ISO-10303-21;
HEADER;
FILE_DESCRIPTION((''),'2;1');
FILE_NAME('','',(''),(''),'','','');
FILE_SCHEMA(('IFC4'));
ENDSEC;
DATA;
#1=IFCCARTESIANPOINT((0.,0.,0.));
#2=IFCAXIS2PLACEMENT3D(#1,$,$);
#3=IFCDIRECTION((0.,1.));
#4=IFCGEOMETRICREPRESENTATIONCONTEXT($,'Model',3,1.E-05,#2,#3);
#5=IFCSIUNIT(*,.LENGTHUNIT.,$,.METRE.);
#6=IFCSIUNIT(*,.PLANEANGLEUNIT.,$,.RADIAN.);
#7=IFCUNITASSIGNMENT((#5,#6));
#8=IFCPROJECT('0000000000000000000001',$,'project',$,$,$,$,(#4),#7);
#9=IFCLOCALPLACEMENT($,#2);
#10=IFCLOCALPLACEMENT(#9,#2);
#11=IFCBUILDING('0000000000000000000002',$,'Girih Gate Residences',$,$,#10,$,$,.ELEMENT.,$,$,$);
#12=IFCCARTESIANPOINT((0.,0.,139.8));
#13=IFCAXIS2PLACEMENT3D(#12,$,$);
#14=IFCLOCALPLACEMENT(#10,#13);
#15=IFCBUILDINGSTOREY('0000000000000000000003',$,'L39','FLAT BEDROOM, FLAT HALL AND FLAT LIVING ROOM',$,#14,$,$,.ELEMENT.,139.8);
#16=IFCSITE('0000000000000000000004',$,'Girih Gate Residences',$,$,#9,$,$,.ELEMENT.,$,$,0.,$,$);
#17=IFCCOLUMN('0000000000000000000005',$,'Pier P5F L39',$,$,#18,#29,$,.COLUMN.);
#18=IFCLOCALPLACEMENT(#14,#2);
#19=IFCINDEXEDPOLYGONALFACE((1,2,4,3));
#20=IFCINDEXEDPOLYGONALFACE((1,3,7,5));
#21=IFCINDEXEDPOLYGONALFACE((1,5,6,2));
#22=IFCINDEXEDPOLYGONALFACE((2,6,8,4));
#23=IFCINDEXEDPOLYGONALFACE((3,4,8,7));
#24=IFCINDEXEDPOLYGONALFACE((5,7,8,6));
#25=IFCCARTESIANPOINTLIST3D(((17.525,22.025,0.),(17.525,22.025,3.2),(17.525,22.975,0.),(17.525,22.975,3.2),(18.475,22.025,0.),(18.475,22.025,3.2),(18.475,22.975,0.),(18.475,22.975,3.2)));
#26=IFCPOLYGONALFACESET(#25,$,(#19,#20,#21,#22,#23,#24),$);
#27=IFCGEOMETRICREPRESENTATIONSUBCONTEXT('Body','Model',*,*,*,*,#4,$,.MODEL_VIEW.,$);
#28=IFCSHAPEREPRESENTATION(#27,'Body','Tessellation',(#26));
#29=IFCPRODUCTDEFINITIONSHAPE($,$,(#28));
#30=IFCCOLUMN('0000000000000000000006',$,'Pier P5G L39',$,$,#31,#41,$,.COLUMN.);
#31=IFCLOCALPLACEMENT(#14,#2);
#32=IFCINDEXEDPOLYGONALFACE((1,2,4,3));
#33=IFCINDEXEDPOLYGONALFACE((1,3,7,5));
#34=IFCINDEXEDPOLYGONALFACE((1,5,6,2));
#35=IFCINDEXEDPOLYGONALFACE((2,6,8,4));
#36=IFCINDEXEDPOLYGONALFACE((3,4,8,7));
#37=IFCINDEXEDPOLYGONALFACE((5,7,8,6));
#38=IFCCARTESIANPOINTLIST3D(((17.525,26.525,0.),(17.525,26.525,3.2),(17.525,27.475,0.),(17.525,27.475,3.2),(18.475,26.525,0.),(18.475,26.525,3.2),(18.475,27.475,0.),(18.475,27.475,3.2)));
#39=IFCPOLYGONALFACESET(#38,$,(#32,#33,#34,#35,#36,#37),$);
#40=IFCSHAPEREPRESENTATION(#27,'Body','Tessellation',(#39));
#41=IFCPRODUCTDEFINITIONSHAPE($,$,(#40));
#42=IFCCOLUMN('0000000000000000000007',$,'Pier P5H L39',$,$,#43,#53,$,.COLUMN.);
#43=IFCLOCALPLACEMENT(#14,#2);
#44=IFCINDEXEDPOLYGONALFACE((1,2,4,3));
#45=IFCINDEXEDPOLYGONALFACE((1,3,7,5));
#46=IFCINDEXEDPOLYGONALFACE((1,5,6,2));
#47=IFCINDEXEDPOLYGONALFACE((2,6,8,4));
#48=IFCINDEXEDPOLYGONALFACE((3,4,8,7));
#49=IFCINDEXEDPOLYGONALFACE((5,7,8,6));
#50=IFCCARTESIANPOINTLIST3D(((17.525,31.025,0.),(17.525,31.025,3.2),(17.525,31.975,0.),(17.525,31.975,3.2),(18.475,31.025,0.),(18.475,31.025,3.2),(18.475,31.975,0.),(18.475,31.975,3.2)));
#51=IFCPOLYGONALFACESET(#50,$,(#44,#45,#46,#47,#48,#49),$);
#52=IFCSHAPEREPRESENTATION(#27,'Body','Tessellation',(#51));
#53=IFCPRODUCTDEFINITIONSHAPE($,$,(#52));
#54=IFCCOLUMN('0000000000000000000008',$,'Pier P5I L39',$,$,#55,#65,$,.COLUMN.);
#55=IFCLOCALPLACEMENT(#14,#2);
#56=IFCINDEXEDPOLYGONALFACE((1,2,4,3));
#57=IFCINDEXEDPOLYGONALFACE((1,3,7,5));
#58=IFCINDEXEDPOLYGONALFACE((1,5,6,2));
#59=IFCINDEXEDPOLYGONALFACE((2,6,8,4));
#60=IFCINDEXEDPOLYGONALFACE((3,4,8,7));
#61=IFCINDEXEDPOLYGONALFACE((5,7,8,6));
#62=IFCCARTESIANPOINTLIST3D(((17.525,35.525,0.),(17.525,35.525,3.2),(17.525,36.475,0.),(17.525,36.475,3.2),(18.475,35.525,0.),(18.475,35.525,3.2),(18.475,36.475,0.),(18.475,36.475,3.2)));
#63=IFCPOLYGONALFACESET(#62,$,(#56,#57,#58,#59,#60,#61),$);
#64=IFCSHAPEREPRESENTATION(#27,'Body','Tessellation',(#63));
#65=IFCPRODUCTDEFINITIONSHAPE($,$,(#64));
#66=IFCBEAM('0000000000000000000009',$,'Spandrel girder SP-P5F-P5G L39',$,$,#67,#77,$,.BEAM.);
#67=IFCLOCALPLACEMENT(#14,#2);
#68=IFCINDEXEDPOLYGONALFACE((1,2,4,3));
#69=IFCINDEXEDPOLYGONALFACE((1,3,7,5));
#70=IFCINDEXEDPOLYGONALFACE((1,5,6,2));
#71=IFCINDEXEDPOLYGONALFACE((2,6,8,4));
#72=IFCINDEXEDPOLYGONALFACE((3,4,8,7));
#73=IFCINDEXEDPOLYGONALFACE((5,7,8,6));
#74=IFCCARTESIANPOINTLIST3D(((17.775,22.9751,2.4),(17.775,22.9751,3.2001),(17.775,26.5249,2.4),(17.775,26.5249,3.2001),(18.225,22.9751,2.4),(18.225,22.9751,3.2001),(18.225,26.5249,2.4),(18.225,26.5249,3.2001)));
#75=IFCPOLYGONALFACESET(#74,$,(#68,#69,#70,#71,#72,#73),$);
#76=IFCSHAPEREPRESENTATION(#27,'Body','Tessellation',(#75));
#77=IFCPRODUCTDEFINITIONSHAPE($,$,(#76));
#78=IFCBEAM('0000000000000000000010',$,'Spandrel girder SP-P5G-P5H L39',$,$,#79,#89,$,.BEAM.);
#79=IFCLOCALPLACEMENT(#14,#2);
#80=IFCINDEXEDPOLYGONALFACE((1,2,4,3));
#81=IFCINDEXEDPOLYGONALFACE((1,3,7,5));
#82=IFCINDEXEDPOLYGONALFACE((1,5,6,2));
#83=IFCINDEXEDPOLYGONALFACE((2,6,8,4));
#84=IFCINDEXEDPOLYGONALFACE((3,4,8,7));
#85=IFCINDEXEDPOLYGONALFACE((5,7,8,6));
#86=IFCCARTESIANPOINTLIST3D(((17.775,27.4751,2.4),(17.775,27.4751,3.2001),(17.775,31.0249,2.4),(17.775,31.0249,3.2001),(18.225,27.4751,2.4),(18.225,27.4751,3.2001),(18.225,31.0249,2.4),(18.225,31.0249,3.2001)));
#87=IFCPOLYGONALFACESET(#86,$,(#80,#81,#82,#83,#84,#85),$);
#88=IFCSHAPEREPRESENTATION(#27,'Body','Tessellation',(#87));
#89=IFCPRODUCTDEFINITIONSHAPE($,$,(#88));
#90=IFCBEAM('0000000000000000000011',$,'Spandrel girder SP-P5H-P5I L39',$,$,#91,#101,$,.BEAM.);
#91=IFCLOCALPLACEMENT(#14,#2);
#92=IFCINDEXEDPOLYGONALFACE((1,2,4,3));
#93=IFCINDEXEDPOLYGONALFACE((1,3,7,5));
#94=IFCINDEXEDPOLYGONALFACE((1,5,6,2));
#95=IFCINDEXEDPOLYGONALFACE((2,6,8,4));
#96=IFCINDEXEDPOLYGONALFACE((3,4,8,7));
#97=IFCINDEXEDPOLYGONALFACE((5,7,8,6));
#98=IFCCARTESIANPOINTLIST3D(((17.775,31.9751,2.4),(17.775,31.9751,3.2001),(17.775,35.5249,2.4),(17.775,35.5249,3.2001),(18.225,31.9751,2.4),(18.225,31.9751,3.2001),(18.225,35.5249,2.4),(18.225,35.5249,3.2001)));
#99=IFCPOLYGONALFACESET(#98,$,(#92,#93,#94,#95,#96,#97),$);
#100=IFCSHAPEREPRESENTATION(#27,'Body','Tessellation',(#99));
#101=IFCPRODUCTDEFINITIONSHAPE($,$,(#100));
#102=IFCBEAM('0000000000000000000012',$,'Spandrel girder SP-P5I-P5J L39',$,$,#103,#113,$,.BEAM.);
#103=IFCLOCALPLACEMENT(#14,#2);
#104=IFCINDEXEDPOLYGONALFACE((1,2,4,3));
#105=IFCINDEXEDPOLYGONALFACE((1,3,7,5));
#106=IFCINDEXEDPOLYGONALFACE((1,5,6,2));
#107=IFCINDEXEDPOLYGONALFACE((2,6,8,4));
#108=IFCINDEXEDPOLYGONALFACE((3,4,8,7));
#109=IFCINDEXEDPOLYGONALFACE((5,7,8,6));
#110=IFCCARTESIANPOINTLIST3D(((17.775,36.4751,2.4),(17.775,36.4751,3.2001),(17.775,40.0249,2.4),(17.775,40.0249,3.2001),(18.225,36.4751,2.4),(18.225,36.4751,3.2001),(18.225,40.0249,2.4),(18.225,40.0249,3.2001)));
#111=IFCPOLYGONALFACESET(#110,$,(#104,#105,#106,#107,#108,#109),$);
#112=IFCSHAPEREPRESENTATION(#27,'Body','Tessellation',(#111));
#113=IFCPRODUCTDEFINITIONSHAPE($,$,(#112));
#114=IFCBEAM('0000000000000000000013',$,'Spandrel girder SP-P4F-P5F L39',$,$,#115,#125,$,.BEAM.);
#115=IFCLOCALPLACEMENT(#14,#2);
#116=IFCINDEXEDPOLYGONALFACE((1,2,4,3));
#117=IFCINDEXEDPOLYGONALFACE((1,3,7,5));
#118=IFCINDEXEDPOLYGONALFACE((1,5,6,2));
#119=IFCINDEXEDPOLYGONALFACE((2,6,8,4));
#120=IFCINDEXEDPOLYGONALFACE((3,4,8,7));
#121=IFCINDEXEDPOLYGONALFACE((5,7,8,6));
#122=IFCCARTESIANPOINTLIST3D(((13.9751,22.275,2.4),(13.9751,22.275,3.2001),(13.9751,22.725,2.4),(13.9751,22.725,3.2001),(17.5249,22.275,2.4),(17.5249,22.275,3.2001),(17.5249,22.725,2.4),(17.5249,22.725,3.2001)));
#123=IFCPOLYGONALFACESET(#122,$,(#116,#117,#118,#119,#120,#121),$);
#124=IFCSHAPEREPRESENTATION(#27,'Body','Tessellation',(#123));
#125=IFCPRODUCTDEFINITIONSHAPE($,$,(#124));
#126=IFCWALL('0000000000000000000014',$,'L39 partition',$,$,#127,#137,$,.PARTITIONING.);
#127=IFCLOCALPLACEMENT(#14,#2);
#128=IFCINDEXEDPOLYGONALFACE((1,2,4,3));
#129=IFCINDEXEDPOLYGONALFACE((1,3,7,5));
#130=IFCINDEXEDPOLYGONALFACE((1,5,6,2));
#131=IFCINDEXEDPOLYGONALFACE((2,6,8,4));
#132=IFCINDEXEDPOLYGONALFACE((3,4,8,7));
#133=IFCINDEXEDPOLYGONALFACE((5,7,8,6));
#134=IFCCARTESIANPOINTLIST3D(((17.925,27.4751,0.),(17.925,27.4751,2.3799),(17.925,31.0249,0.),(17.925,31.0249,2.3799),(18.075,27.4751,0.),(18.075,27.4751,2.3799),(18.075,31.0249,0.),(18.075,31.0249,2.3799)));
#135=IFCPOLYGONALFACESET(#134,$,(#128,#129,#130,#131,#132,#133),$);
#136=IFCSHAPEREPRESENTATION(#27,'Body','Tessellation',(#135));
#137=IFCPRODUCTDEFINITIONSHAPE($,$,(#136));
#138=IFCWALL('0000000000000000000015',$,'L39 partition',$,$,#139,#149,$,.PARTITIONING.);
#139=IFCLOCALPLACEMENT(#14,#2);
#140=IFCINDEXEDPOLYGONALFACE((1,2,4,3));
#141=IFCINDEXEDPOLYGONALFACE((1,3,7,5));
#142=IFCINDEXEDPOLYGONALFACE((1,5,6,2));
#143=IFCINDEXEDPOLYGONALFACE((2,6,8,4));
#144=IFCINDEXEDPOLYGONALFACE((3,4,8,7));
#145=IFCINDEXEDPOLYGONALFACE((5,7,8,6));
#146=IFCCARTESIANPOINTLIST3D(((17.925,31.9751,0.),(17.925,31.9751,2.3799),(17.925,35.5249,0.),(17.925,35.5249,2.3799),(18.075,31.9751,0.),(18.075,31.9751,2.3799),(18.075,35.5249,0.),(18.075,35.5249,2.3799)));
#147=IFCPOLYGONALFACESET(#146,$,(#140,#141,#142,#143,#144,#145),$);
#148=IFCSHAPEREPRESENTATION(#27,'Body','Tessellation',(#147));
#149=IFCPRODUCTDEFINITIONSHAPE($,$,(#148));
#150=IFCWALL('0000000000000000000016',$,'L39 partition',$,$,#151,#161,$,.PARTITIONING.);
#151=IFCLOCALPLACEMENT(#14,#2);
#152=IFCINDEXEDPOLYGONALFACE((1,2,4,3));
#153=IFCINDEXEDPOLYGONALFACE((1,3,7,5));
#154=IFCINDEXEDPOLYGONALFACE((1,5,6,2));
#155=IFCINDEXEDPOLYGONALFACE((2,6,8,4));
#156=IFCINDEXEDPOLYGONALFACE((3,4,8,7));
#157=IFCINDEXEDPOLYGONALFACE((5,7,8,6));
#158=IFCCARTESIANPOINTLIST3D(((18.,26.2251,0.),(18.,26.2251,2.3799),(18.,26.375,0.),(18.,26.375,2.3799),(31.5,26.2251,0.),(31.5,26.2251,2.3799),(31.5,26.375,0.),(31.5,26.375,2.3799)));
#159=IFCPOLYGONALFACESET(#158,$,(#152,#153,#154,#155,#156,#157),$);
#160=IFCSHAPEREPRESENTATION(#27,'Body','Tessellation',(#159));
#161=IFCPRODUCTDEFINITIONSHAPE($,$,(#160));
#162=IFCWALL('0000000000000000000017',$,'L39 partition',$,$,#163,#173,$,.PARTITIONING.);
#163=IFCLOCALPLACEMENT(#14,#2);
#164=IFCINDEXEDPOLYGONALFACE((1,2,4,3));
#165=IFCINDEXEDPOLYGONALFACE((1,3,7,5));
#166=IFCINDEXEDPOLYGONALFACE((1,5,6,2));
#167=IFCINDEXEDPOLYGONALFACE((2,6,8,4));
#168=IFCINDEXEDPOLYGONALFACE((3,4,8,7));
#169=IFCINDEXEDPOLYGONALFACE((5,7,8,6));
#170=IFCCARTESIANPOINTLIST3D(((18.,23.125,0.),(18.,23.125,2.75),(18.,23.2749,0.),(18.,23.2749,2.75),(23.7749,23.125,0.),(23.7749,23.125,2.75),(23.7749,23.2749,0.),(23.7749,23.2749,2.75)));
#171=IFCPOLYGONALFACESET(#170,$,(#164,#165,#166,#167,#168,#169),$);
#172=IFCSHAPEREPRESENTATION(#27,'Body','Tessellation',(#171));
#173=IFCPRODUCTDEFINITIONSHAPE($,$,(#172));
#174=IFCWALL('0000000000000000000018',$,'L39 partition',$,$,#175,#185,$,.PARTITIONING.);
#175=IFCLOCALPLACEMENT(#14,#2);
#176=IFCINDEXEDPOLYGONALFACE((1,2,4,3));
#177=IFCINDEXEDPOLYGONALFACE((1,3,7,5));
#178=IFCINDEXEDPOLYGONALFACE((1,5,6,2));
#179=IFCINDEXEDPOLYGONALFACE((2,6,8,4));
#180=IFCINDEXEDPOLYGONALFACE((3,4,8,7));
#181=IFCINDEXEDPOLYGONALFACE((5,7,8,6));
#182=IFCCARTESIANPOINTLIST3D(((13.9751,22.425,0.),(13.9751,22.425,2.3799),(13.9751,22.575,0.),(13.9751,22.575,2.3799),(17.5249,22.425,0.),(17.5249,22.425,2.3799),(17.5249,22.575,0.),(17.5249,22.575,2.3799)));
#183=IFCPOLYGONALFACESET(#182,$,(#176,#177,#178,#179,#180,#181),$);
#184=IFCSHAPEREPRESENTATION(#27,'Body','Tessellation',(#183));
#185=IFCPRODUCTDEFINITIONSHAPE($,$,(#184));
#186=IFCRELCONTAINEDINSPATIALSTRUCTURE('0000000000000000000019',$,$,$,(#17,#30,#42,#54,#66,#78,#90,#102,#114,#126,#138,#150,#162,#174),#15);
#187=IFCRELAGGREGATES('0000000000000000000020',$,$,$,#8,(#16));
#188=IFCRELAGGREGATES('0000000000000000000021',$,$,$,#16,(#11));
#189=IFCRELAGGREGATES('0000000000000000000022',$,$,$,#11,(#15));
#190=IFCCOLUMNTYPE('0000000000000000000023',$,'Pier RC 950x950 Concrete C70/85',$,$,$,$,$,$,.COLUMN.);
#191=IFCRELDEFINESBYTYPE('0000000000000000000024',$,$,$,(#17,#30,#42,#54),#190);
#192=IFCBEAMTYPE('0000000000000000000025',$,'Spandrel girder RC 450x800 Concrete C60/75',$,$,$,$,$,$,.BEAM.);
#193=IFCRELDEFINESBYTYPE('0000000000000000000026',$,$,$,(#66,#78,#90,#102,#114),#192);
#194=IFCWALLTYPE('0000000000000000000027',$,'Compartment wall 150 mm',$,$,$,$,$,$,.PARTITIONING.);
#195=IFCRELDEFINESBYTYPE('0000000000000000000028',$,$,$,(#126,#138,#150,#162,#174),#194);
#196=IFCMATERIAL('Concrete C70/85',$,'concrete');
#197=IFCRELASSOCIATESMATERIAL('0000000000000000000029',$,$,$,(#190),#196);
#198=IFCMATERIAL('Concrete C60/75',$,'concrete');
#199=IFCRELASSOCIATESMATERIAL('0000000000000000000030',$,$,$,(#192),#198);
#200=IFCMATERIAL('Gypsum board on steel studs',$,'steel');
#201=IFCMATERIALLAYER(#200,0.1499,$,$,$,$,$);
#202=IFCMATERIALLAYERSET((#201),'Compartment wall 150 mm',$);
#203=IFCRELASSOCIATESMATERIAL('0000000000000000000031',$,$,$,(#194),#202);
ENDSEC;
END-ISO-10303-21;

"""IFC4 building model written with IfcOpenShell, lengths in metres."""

from ifc_helpers import new_model, si_unit, direction, frame, frame_2d, origin, origin_2d, place, context, subcontext, project, spatial, rectangle, extrude, material, layer, layer_set, material_profile, profile_set, type_object, element, save


model = new_model("IFC4")

# Units and contexts
model_context = context("Model", 3, precision=1e-05, world=origin(), true_north=direction((0.0, 1.0)))
body_context = subcontext(model_context, "Body", "Model", "MODEL_VIEW")
ifc_project = project(units=[si_unit("LENGTHUNIT", "METRE"), si_unit("PLANEANGLEUNIT", "RADIAN")], contexts=[model_context])

# Site, building, storey
site_placement = place(None, origin())
site = spatial("IfcSite", under=ifc_project, at=site_placement, Name="Girih Gate Residences", CompositionType="ELEMENT", RefElevation=0.0)
building_placement = place(site_placement, origin())
building = spatial("IfcBuilding", under=site, at=building_placement, Name="Girih Gate Residences", CompositionType="ELEMENT")
storey_placement = place(building_placement, frame((0.0, 0.0, 139.8)))
storey = spatial("IfcBuildingStorey", under=building, at=storey_placement, Name="L39", Description="FLAT BEDROOM, FLAT HALL AND FLAT LIVING ROOM", CompositionType="ELEMENT", Elevation=139.8)

# Columns
ifc_material_1 = material(Name="Concrete C70/85", Category="concrete")
ifc_material_profile_1 = material_profile(ifc_material_1, rectangle(XDim=0.95, YDim=0.95, at=origin_2d()))
ifc_profile_set_1 = profile_set([ifc_material_profile_1], Name="Concrete C70/85")
column_type = type_object("IfcColumnType", Name="Pier RC 950x950 Concrete C70/85", PredefinedType="COLUMN", material=ifc_profile_set_1)
for number, where, z_axis, x_axis, name in (
    (1, (18.0, 22.5, 0.0), (0.0, 0.0, 1.0), (1.0, 0.0, 0.0), "Pier P5F L39"),
    (2, (18.0, 27.0, 0.0), (0.0, 0.0, 1.0), (1.0, 0.0, 0.0), "Pier P5G L39"),
    (3, (18.0, 31.5, 0.0), (0.0, 0.0, 1.0), (1.0, 0.0, 0.0), "Pier P5H L39"),
    (4, (18.0, 36.0, 0.0), (0.0, 0.0, 1.0), (1.0, 0.0, 0.0), "Pier P5I L39"),
):
    element("IfcColumn", number, at=place(storey_placement, frame(where, z_axis=z_axis, x_axis=x_axis)), inside=storey, type_object=column_type, Name=name, PredefinedType="COLUMN", context=body_context, shape_type="SweptSolid", body=[
        extrude(rectangle(XDim=0.95, YDim=0.95, at=origin_2d()), origin(), (0.0, 0.0, 1.0), 3.2),
    ])

# Beams
ifc_material_2 = material(Name="Concrete C60/75", Category="concrete")
ifc_material_profile_2 = material_profile(ifc_material_2, rectangle(XDim=0.45, YDim=0.8, at=origin_2d()))
ifc_profile_set_2 = profile_set([ifc_material_profile_2], Name="Concrete C60/75")
beam_type = type_object("IfcBeamType", Name="Spandrel girder RC 450x800 Concrete C60/75", PredefinedType="BEAM", material=ifc_profile_set_2)
for number, where, z_axis, x_axis, name in (
    (5, (18.0, 22.9751, 2.8), (0.0, 1.0, 0.0), (-1.0, 0.0, 0.0), "Spandrel girder SP-P5F-P5G L39"),
    (6, (18.0, 27.4751, 2.8), (0.0, 1.0, 0.0), (-1.0, 0.0, 0.0), "Spandrel girder SP-P5G-P5H L39"),
    (7, (18.0, 31.9751, 2.8), (0.0, 1.0, 0.0), (-1.0, 0.0, 0.0), "Spandrel girder SP-P5H-P5I L39"),
    (8, (18.0, 36.4751, 2.8), (0.0, 1.0, 0.0), (-1.0, 0.0, 0.0), "Spandrel girder SP-P5I-P5J L39"),
    (9, (13.9751, 22.5, 2.8), (1.0, 0.0, 0.0), (0.0, 1.0, 0.0), "Spandrel girder SP-P4F-P5F L39"),
):
    element("IfcBeam", number, at=place(storey_placement, frame(where, z_axis=z_axis, x_axis=x_axis)), inside=storey, type_object=beam_type, Name=name, PredefinedType="BEAM", context=body_context, shape_type="SweptSolid", body=[
        extrude(rectangle(XDim=0.45, YDim=0.8, at=origin_2d()), origin(), (0.0, 0.0, 1.0), 3.5498),
    ])

# Walls
ifc_material_3 = material(Name="Gypsum board on steel studs", Category="steel")
ifc_layer_1 = layer(ifc_material_3, 0.1499)
ifc_layer_set_1 = layer_set([ifc_layer_1], Name="Compartment wall 150 mm")
wall_type_1 = type_object("IfcWallType", Name="Compartment wall 150 mm", PredefinedType="PARTITIONING", material=ifc_layer_set_1)
for number, where, z_axis, x_axis, name in (
    (10, (18.0, 27.4751, 0.0), (0.0, 0.0, 1.0), (0.0, 1.0, 0.0), "L39 partition"),
    (11, (18.0, 31.9751, 0.0), (0.0, 0.0, 1.0), (0.0, 1.0, 0.0), "L39 partition"),
):
    element("IfcWall", number, at=place(storey_placement, frame(where, z_axis=z_axis, x_axis=x_axis)), inside=storey, type_object=wall_type_1, Name=name, PredefinedType="PARTITIONING", context=body_context, shape_type="SweptSolid", body=[
        extrude(rectangle(XDim=3.5498, YDim=0.1499, at=frame_2d((1.7749, 0.0))), origin(), (0.0, 0.0, 1.0), 2.3799),
    ])
wall_1_placement = place(storey_placement, frame((18.0, 26.3, 0.0), z_axis=(0.0, 0.0, 1.0), x_axis=(1.0, 0.0, 0.0)))
element("IfcWall", 12, at=wall_1_placement, inside=storey, type_object=wall_type_1, Name="L39 partition", PredefinedType="PARTITIONING", context=body_context, shape_type="SweptSolid", body=[
    extrude(rectangle(XDim=13.5, YDim=0.1499, at=frame_2d((6.75, 0.0))), origin(), (0.0, 0.0, 1.0), 2.3799),
])
wall_2_placement = place(storey_placement, frame((18.0, 23.2, 0.0), z_axis=(0.0, 0.0, 1.0), x_axis=(1.0, 0.0, 0.0)))
element("IfcWall", 13, at=wall_2_placement, inside=storey, type_object=wall_type_1, Name="L39 partition", PredefinedType="PARTITIONING", context=body_context, shape_type="SweptSolid", body=[
    extrude(rectangle(XDim=5.7749, YDim=0.1499, at=frame_2d((2.8875, 0.0))), origin(), (0.0, 0.0, 1.0), 2.75),
])
wall_3_placement = place(storey_placement, frame((13.9751, 22.5, 0.0), z_axis=(0.0, 0.0, 1.0), x_axis=(1.0, 0.0, 0.0)))
element("IfcWall", 14, at=wall_3_placement, inside=storey, type_object=wall_type_1, Name="L39 partition", PredefinedType="PARTITIONING", context=body_context, shape_type="SweptSolid", body=[
    extrude(rectangle(XDim=3.5498, YDim=0.1499, at=frame_2d((1.7749, 0.0))), origin(), (0.0, 0.0, 1.0), 2.3799),
])

save(model, "model.ifc")
